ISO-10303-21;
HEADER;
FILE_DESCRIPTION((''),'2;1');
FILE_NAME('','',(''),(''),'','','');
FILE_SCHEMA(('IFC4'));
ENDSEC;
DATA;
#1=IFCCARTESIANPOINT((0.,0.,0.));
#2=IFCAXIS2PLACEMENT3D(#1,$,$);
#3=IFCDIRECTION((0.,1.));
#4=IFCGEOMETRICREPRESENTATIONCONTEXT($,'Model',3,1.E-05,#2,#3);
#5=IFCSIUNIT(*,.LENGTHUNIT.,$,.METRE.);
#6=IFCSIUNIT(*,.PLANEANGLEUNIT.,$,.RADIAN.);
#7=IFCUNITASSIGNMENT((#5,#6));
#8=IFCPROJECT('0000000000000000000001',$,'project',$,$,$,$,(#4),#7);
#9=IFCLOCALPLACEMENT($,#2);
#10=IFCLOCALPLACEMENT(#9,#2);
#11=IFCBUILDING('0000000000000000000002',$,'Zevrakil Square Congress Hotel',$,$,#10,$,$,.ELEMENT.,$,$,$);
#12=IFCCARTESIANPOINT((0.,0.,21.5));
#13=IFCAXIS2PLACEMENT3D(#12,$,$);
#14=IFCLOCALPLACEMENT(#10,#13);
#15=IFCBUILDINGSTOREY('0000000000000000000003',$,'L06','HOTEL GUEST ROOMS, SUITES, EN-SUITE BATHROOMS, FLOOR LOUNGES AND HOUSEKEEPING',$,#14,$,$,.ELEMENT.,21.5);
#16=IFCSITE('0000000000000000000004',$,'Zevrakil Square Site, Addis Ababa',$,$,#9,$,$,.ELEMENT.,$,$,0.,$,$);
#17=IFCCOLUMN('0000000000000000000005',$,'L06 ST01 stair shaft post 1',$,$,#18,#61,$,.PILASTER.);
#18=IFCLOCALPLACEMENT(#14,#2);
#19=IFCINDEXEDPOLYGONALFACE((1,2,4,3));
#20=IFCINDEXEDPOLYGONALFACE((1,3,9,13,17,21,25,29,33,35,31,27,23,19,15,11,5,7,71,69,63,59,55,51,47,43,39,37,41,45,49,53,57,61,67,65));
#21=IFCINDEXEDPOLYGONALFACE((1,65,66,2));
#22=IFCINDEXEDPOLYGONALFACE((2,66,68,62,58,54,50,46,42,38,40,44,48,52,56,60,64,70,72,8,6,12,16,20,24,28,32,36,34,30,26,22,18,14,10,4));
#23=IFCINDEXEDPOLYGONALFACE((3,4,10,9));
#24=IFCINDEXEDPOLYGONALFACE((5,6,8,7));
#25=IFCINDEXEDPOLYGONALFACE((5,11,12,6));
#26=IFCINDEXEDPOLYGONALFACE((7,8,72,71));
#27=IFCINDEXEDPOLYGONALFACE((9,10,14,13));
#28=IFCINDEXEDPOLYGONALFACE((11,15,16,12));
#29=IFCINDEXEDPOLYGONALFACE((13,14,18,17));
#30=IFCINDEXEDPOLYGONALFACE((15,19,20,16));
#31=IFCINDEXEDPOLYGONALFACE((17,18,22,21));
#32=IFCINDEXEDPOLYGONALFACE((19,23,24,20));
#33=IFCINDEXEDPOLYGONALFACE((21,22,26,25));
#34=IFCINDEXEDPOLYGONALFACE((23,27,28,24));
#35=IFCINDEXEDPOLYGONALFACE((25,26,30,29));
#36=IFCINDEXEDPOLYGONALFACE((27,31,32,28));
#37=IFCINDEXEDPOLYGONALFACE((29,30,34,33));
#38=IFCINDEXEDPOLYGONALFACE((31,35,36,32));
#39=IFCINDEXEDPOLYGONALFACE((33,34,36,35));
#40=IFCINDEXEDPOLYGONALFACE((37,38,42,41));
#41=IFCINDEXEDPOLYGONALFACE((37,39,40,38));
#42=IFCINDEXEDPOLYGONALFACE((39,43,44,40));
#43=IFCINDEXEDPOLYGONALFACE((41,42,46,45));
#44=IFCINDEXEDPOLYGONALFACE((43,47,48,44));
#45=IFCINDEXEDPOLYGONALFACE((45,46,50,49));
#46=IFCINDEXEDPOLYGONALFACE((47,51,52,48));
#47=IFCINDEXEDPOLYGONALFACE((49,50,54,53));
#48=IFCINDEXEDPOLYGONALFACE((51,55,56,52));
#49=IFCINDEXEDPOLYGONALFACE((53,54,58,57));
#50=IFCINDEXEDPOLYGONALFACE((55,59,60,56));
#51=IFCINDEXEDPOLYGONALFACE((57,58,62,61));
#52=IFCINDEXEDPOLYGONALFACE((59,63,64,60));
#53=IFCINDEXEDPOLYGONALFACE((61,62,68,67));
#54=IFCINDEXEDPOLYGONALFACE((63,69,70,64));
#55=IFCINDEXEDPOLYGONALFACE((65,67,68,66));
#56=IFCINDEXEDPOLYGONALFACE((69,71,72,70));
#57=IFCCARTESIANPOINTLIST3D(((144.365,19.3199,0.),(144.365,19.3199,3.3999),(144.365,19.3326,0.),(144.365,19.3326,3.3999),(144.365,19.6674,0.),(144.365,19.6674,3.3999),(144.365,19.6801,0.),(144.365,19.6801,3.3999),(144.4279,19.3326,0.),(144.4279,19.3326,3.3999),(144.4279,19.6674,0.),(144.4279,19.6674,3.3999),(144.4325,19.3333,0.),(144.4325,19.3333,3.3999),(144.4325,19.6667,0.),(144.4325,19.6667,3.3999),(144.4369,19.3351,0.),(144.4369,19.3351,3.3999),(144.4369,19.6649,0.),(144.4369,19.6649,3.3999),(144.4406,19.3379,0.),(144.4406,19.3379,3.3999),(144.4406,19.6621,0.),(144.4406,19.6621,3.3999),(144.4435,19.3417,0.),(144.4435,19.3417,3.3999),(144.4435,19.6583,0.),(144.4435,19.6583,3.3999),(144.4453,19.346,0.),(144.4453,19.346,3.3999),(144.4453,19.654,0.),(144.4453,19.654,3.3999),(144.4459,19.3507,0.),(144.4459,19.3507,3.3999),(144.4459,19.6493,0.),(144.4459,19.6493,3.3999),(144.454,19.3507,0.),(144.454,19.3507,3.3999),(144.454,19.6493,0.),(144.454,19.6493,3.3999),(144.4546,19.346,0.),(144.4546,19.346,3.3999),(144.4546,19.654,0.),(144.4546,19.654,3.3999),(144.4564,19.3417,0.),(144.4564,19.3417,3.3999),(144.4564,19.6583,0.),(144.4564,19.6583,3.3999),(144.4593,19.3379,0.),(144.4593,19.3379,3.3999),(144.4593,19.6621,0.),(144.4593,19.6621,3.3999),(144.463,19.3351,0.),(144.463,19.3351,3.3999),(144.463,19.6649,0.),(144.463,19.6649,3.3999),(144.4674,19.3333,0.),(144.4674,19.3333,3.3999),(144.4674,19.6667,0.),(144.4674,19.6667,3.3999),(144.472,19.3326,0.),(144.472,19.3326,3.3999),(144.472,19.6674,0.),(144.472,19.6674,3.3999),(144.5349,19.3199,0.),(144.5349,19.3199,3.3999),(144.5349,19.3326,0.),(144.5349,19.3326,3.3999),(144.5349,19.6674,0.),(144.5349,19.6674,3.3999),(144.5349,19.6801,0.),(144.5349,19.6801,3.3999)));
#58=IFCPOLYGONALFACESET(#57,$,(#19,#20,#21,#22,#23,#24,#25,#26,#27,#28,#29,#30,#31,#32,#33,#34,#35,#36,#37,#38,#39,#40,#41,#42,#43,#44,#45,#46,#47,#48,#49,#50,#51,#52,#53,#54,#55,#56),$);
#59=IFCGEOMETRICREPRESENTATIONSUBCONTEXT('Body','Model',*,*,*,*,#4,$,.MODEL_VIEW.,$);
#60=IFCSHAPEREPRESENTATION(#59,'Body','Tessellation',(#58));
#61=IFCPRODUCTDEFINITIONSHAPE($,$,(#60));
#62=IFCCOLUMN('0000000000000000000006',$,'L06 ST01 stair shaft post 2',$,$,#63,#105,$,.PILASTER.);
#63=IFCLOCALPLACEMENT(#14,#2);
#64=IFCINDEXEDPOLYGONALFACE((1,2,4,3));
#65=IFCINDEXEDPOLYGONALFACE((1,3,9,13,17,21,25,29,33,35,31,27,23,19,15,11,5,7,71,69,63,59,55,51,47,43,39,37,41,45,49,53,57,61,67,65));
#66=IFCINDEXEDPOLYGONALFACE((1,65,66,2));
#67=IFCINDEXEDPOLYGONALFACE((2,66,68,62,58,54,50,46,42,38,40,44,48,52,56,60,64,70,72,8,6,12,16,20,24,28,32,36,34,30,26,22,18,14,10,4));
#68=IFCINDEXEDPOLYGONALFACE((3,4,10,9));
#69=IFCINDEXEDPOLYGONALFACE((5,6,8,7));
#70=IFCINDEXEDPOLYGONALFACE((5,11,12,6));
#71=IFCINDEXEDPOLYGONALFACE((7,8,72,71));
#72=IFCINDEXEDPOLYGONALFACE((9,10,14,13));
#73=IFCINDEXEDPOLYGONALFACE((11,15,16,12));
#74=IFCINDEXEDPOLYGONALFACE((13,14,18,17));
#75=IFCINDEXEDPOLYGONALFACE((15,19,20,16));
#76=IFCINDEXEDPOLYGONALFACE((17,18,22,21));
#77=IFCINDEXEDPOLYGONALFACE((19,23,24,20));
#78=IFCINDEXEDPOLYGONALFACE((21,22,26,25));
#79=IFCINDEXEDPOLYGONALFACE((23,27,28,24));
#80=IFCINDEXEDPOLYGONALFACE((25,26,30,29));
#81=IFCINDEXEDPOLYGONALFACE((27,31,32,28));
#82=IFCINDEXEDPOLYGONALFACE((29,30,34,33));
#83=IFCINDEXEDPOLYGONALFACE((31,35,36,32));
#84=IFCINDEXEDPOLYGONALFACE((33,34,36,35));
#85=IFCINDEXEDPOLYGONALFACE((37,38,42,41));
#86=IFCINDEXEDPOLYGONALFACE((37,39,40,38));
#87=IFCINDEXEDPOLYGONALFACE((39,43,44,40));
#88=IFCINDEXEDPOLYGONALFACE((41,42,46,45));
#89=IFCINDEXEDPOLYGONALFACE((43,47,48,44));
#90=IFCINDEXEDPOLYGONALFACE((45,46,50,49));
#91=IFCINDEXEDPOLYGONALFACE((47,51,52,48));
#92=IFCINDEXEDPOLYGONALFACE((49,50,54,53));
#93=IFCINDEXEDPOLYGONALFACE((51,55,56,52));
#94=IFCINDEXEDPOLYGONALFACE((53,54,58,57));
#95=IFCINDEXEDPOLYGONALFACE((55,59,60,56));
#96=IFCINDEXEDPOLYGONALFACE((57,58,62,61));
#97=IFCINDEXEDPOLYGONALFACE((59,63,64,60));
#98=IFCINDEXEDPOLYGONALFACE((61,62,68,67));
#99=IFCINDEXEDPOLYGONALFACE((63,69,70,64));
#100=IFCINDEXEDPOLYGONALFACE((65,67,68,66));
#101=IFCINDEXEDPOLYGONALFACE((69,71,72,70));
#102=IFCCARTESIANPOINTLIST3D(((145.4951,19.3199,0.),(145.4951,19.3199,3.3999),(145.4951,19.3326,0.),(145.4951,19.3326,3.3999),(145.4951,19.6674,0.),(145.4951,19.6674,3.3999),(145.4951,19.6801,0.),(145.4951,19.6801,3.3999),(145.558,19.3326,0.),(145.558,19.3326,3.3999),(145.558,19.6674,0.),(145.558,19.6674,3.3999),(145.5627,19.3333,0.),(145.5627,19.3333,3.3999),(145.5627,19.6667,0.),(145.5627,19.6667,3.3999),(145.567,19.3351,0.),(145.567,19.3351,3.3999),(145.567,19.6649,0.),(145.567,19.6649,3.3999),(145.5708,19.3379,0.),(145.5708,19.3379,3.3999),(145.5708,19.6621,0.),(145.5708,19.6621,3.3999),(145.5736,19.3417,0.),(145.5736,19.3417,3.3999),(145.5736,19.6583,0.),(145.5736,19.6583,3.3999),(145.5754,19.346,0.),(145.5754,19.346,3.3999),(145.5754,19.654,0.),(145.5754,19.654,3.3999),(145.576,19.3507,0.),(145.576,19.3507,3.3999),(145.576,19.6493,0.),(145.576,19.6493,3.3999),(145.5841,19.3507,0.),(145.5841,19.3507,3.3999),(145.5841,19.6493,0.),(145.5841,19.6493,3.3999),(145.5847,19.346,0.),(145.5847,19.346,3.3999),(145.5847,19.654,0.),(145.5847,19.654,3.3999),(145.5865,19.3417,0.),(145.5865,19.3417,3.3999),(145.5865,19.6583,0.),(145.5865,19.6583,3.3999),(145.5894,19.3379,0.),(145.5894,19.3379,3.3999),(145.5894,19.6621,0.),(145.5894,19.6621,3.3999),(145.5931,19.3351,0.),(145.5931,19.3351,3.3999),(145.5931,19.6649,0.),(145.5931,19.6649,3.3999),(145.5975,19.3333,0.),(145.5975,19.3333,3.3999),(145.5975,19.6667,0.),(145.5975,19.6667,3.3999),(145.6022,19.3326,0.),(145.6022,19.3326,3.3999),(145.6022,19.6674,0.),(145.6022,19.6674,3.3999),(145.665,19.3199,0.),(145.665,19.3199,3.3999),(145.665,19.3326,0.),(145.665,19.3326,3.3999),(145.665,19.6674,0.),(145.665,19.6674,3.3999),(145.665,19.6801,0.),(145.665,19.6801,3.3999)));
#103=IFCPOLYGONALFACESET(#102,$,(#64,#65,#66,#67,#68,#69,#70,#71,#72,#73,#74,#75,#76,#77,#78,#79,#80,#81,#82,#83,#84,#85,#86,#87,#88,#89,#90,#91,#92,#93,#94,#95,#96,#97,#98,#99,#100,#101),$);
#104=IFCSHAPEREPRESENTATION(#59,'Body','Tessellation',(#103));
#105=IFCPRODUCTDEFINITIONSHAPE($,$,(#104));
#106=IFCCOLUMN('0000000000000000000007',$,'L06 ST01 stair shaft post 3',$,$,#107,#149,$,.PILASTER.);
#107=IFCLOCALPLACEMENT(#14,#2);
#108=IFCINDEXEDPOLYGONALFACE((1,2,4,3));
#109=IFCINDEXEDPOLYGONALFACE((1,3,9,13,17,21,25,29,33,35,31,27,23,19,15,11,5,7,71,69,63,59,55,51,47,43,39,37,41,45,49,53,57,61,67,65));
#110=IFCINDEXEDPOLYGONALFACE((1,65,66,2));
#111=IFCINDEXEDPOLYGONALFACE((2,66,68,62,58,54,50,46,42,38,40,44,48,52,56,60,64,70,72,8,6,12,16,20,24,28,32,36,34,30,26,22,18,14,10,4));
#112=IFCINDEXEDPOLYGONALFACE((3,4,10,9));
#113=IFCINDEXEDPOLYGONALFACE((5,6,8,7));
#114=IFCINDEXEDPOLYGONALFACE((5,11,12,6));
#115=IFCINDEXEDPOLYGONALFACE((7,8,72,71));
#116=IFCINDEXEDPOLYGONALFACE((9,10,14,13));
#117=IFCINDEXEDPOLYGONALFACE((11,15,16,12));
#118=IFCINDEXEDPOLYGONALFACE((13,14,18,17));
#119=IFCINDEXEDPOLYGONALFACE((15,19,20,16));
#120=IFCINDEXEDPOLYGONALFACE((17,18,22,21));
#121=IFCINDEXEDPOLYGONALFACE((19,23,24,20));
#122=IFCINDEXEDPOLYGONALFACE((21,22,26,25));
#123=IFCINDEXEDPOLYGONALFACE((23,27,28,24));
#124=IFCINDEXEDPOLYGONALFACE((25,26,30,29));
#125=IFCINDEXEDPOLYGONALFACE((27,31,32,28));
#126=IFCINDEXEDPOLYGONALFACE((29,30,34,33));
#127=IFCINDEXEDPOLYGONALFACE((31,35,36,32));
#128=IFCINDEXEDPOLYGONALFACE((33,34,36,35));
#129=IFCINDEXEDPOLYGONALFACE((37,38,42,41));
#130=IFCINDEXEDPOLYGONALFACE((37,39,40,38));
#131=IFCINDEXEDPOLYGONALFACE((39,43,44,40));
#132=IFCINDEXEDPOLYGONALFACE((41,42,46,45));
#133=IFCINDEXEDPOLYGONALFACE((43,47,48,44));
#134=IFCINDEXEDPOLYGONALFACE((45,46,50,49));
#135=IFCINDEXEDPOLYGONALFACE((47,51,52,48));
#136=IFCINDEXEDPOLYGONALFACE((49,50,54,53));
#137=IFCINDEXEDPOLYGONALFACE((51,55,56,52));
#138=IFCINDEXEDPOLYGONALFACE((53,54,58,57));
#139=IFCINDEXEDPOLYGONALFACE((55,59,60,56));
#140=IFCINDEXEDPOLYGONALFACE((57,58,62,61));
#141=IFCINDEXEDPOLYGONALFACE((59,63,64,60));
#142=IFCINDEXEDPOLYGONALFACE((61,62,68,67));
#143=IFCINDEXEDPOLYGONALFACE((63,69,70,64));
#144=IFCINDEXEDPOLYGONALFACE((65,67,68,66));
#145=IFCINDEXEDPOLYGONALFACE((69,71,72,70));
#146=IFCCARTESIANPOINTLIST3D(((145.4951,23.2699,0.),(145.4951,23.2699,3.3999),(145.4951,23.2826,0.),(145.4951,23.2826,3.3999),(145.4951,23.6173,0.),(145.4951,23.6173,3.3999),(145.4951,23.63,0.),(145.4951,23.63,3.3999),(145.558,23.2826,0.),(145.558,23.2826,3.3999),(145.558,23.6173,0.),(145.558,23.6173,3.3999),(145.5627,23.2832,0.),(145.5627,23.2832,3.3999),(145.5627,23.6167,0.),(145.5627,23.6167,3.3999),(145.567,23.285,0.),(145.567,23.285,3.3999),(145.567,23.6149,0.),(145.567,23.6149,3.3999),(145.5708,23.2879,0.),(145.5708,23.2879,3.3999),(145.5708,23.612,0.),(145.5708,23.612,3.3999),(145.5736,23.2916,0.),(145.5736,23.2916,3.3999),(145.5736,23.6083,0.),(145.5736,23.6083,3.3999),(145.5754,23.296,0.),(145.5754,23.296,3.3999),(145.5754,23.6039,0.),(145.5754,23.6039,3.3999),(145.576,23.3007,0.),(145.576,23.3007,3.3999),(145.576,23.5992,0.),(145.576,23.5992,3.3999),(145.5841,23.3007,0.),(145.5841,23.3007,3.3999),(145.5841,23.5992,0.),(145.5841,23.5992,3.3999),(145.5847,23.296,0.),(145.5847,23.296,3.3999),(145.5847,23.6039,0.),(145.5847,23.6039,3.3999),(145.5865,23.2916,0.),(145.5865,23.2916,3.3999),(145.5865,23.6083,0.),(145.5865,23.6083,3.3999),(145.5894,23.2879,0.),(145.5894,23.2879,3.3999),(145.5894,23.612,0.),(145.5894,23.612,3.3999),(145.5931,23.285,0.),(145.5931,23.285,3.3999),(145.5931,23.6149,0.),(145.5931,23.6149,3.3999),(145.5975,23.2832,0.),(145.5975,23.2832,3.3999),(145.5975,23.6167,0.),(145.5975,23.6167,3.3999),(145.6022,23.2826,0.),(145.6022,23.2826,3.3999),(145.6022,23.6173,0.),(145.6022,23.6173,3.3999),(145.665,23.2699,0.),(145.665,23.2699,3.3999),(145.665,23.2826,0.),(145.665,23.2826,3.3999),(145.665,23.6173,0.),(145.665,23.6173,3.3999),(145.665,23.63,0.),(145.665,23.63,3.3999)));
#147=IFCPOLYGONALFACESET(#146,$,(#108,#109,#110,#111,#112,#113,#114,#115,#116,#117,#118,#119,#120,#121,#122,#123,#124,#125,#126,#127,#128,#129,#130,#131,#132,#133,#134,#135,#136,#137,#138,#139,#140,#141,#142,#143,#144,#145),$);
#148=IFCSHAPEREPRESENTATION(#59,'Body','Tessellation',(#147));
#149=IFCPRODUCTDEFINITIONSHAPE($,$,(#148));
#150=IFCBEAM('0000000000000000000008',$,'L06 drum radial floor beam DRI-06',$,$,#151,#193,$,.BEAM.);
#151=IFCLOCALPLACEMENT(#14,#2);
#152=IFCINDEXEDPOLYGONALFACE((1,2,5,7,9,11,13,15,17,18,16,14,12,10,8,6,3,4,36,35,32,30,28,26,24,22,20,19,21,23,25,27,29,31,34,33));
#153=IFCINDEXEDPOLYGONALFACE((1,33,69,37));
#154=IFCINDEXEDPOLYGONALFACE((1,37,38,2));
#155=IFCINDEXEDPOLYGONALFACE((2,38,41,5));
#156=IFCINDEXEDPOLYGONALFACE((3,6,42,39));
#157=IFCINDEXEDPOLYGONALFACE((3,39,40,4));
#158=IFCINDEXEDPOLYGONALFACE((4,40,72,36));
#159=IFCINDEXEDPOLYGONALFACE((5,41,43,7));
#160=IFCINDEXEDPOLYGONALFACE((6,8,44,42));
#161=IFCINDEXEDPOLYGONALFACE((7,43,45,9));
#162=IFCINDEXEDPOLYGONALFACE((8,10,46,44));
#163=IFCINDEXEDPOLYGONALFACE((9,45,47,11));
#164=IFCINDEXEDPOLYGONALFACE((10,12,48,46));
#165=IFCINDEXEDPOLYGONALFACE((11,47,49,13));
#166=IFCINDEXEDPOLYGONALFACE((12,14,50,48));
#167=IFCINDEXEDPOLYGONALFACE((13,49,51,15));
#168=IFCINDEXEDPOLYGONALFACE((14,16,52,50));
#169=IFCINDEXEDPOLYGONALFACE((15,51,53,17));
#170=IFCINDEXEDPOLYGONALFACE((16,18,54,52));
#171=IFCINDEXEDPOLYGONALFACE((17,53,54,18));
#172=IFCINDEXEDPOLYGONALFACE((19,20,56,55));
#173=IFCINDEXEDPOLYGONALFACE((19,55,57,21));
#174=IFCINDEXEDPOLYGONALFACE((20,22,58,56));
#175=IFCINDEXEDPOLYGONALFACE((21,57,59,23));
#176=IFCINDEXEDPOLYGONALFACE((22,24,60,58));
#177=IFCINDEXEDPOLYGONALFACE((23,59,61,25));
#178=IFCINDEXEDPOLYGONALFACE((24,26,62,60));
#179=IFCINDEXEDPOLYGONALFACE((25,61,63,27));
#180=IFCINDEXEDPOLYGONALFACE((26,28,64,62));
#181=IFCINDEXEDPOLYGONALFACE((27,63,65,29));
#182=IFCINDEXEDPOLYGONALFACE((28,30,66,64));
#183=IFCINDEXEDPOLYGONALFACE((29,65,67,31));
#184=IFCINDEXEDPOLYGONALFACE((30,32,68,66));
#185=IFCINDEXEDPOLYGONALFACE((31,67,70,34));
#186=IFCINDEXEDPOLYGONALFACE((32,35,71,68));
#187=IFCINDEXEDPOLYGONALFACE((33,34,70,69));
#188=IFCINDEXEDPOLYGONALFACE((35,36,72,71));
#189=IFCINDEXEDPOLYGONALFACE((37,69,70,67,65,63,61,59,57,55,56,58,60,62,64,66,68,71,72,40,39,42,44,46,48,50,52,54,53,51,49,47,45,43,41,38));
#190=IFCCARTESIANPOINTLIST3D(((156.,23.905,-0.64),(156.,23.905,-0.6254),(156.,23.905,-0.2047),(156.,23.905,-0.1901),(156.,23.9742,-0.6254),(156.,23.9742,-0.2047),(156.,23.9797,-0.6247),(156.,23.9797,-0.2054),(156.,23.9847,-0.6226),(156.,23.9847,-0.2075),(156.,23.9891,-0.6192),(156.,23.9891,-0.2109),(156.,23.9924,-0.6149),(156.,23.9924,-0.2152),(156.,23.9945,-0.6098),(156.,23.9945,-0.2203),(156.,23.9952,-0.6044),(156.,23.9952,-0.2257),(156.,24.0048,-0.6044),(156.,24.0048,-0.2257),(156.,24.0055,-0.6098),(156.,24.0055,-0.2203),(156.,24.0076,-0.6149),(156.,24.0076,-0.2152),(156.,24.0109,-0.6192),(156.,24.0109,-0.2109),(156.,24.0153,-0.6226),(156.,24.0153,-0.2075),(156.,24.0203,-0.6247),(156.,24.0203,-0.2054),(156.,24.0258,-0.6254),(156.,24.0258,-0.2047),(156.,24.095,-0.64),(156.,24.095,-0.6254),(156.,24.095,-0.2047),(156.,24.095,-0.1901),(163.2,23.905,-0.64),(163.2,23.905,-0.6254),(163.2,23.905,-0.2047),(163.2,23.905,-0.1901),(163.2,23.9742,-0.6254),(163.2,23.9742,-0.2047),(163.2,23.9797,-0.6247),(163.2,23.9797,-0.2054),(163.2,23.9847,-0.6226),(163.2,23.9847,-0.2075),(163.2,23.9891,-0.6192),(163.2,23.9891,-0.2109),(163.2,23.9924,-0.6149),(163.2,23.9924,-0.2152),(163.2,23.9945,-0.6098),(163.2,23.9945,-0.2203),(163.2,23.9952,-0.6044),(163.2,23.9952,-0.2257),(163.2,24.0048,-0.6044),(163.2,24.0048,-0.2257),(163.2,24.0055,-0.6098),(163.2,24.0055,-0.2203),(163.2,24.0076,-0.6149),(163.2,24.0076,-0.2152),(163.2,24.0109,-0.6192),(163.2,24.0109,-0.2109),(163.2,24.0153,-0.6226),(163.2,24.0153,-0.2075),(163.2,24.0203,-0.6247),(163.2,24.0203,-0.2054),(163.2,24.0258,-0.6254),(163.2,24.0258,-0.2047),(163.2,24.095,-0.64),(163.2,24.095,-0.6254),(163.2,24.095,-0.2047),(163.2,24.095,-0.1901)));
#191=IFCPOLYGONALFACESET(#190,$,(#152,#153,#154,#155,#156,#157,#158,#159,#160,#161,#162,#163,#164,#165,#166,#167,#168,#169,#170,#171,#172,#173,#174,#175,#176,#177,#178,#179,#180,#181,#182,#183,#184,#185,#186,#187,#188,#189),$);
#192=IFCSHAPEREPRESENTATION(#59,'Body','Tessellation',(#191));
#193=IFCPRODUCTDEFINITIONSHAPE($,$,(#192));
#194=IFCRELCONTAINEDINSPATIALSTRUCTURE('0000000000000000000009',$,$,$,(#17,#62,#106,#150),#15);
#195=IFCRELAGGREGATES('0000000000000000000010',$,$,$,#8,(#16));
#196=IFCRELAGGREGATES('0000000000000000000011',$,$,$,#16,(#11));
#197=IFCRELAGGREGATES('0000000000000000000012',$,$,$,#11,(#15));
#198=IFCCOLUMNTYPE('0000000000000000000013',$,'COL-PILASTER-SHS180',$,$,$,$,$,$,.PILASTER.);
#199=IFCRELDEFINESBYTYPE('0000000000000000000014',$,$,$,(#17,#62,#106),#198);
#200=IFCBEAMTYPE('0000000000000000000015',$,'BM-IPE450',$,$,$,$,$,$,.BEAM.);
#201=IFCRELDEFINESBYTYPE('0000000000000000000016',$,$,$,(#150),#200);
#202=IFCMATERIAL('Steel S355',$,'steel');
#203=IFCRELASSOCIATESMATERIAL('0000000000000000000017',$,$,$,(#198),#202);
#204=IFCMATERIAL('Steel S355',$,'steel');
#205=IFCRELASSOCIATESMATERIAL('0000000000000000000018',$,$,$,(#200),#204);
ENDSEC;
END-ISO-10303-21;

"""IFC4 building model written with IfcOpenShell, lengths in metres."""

from ifc_helpers import new_model, si_unit, direction, frame, origin, origin_2d, place, context, subcontext, project, spatial, i_section, extrude, material, material_profile, profile_set, type_object, element, save


model = new_model("IFC4")

# Units and contexts
model_context = context("Model", 3, precision=1e-05, world=origin(), true_north=direction((0.0, 1.0)))
body_context = subcontext(model_context, "Body", "Model", "MODEL_VIEW")
ifc_project = project(units=[si_unit("LENGTHUNIT", "METRE"), si_unit("PLANEANGLEUNIT", "RADIAN")], contexts=[model_context])

# Site, building, storey
site_placement = place(None, origin())
site = spatial("IfcSite", under=ifc_project, at=site_placement, Name="Zevrakil Square Site, Addis Ababa", CompositionType="ELEMENT", RefElevation=0.0)
building_placement = place(site_placement, origin())
building = spatial("IfcBuilding", under=site, at=building_placement, Name="Zevrakil Square Congress Hotel", CompositionType="ELEMENT")
storey_placement = place(building_placement, frame((0.0, 0.0, 21.5)))
storey = spatial("IfcBuildingStorey", under=building, at=storey_placement, Name="L06", Description="HOTEL GUEST ROOMS, SUITES, EN-SUITE BATHROOMS, FLOOR LOUNGES AND HOUSEKEEPING", CompositionType="ELEMENT", Elevation=21.5)

# Columns
ifc_material_1 = material(Name="Steel S355", Category="steel")
ifc_material_profile_1 = material_profile(ifc_material_1, i_section(OverallWidth=0.1699, OverallDepth=0.3601, WebThickness=0.0081, FlangeThickness=0.0127, FilletRadius=0.0181, at=origin_2d()), Name="IPE 360")
ifc_profile_set_1 = profile_set([ifc_material_profile_1], Name="Steel S355")
column_type = type_object("IfcColumnType", Name="COL-PILASTER-SHS180", PredefinedType="PILASTER", material=ifc_profile_set_1)
for number, where, z_axis, x_axis, name in (
    (1, (144.45, 19.5, 0.0), (0.0, 0.0, 1.0), (1.0, 0.0, 0.0), "L06 ST01 stair shaft post 1"),
    (2, (145.5801, 19.5, 0.0), (0.0, 0.0, 1.0), (1.0, 0.0, 0.0), "L06 ST01 stair shaft post 2"),
    (3, (145.5801, 23.45, 0.0), (0.0, 0.0, 1.0), (1.0, 0.0, 0.0), "L06 ST01 stair shaft post 3"),
):
    element("IfcColumn", number, at=place(storey_placement, frame(where, z_axis=z_axis, x_axis=x_axis)), inside=storey, type_object=column_type, Name=name, PredefinedType="PILASTER", context=body_context, shape_type="SweptSolid", body=[
        extrude(i_section(OverallWidth=0.1699, OverallDepth=0.3601, WebThickness=0.0081, FlangeThickness=0.0127, FilletRadius=0.0181, at=origin_2d()), origin(), (0.0, 0.0, 1.0), 3.3999),
    ])

# Beam
ifc_material_2 = material(Name="Steel S355", Category="steel")
ifc_material_profile_2 = material_profile(ifc_material_2, i_section(OverallWidth=0.1899, OverallDepth=0.45, WebThickness=0.0095, FlangeThickness=0.0146, FilletRadius=0.021, at=origin_2d()), Name="IPE 450")
ifc_profile_set_2 = profile_set([ifc_material_profile_2], Name="Steel S355")
beam_type = type_object("IfcBeamType", Name="BM-IPE450", PredefinedType="BEAM", material=ifc_profile_set_2)
beam_placement = place(storey_placement, frame((156.0, 24.0, -0.415), z_axis=(1.0, 0.0, 0.0), x_axis=(0.0, 1.0, 0.0)))
element("IfcBeam", 4, at=beam_placement, inside=storey, type_object=beam_type, Name="L06 drum radial floor beam DRI-06", PredefinedType="BEAM", context=body_context, shape_type="SweptSolid", body=[
    extrude(i_section(OverallWidth=0.1899, OverallDepth=0.45, WebThickness=0.0095, FlangeThickness=0.0146, FilletRadius=0.021, at=origin_2d()), origin(), (0.0, 0.0, 1.0), 7.2),
])

save(model, "model.ifc")
